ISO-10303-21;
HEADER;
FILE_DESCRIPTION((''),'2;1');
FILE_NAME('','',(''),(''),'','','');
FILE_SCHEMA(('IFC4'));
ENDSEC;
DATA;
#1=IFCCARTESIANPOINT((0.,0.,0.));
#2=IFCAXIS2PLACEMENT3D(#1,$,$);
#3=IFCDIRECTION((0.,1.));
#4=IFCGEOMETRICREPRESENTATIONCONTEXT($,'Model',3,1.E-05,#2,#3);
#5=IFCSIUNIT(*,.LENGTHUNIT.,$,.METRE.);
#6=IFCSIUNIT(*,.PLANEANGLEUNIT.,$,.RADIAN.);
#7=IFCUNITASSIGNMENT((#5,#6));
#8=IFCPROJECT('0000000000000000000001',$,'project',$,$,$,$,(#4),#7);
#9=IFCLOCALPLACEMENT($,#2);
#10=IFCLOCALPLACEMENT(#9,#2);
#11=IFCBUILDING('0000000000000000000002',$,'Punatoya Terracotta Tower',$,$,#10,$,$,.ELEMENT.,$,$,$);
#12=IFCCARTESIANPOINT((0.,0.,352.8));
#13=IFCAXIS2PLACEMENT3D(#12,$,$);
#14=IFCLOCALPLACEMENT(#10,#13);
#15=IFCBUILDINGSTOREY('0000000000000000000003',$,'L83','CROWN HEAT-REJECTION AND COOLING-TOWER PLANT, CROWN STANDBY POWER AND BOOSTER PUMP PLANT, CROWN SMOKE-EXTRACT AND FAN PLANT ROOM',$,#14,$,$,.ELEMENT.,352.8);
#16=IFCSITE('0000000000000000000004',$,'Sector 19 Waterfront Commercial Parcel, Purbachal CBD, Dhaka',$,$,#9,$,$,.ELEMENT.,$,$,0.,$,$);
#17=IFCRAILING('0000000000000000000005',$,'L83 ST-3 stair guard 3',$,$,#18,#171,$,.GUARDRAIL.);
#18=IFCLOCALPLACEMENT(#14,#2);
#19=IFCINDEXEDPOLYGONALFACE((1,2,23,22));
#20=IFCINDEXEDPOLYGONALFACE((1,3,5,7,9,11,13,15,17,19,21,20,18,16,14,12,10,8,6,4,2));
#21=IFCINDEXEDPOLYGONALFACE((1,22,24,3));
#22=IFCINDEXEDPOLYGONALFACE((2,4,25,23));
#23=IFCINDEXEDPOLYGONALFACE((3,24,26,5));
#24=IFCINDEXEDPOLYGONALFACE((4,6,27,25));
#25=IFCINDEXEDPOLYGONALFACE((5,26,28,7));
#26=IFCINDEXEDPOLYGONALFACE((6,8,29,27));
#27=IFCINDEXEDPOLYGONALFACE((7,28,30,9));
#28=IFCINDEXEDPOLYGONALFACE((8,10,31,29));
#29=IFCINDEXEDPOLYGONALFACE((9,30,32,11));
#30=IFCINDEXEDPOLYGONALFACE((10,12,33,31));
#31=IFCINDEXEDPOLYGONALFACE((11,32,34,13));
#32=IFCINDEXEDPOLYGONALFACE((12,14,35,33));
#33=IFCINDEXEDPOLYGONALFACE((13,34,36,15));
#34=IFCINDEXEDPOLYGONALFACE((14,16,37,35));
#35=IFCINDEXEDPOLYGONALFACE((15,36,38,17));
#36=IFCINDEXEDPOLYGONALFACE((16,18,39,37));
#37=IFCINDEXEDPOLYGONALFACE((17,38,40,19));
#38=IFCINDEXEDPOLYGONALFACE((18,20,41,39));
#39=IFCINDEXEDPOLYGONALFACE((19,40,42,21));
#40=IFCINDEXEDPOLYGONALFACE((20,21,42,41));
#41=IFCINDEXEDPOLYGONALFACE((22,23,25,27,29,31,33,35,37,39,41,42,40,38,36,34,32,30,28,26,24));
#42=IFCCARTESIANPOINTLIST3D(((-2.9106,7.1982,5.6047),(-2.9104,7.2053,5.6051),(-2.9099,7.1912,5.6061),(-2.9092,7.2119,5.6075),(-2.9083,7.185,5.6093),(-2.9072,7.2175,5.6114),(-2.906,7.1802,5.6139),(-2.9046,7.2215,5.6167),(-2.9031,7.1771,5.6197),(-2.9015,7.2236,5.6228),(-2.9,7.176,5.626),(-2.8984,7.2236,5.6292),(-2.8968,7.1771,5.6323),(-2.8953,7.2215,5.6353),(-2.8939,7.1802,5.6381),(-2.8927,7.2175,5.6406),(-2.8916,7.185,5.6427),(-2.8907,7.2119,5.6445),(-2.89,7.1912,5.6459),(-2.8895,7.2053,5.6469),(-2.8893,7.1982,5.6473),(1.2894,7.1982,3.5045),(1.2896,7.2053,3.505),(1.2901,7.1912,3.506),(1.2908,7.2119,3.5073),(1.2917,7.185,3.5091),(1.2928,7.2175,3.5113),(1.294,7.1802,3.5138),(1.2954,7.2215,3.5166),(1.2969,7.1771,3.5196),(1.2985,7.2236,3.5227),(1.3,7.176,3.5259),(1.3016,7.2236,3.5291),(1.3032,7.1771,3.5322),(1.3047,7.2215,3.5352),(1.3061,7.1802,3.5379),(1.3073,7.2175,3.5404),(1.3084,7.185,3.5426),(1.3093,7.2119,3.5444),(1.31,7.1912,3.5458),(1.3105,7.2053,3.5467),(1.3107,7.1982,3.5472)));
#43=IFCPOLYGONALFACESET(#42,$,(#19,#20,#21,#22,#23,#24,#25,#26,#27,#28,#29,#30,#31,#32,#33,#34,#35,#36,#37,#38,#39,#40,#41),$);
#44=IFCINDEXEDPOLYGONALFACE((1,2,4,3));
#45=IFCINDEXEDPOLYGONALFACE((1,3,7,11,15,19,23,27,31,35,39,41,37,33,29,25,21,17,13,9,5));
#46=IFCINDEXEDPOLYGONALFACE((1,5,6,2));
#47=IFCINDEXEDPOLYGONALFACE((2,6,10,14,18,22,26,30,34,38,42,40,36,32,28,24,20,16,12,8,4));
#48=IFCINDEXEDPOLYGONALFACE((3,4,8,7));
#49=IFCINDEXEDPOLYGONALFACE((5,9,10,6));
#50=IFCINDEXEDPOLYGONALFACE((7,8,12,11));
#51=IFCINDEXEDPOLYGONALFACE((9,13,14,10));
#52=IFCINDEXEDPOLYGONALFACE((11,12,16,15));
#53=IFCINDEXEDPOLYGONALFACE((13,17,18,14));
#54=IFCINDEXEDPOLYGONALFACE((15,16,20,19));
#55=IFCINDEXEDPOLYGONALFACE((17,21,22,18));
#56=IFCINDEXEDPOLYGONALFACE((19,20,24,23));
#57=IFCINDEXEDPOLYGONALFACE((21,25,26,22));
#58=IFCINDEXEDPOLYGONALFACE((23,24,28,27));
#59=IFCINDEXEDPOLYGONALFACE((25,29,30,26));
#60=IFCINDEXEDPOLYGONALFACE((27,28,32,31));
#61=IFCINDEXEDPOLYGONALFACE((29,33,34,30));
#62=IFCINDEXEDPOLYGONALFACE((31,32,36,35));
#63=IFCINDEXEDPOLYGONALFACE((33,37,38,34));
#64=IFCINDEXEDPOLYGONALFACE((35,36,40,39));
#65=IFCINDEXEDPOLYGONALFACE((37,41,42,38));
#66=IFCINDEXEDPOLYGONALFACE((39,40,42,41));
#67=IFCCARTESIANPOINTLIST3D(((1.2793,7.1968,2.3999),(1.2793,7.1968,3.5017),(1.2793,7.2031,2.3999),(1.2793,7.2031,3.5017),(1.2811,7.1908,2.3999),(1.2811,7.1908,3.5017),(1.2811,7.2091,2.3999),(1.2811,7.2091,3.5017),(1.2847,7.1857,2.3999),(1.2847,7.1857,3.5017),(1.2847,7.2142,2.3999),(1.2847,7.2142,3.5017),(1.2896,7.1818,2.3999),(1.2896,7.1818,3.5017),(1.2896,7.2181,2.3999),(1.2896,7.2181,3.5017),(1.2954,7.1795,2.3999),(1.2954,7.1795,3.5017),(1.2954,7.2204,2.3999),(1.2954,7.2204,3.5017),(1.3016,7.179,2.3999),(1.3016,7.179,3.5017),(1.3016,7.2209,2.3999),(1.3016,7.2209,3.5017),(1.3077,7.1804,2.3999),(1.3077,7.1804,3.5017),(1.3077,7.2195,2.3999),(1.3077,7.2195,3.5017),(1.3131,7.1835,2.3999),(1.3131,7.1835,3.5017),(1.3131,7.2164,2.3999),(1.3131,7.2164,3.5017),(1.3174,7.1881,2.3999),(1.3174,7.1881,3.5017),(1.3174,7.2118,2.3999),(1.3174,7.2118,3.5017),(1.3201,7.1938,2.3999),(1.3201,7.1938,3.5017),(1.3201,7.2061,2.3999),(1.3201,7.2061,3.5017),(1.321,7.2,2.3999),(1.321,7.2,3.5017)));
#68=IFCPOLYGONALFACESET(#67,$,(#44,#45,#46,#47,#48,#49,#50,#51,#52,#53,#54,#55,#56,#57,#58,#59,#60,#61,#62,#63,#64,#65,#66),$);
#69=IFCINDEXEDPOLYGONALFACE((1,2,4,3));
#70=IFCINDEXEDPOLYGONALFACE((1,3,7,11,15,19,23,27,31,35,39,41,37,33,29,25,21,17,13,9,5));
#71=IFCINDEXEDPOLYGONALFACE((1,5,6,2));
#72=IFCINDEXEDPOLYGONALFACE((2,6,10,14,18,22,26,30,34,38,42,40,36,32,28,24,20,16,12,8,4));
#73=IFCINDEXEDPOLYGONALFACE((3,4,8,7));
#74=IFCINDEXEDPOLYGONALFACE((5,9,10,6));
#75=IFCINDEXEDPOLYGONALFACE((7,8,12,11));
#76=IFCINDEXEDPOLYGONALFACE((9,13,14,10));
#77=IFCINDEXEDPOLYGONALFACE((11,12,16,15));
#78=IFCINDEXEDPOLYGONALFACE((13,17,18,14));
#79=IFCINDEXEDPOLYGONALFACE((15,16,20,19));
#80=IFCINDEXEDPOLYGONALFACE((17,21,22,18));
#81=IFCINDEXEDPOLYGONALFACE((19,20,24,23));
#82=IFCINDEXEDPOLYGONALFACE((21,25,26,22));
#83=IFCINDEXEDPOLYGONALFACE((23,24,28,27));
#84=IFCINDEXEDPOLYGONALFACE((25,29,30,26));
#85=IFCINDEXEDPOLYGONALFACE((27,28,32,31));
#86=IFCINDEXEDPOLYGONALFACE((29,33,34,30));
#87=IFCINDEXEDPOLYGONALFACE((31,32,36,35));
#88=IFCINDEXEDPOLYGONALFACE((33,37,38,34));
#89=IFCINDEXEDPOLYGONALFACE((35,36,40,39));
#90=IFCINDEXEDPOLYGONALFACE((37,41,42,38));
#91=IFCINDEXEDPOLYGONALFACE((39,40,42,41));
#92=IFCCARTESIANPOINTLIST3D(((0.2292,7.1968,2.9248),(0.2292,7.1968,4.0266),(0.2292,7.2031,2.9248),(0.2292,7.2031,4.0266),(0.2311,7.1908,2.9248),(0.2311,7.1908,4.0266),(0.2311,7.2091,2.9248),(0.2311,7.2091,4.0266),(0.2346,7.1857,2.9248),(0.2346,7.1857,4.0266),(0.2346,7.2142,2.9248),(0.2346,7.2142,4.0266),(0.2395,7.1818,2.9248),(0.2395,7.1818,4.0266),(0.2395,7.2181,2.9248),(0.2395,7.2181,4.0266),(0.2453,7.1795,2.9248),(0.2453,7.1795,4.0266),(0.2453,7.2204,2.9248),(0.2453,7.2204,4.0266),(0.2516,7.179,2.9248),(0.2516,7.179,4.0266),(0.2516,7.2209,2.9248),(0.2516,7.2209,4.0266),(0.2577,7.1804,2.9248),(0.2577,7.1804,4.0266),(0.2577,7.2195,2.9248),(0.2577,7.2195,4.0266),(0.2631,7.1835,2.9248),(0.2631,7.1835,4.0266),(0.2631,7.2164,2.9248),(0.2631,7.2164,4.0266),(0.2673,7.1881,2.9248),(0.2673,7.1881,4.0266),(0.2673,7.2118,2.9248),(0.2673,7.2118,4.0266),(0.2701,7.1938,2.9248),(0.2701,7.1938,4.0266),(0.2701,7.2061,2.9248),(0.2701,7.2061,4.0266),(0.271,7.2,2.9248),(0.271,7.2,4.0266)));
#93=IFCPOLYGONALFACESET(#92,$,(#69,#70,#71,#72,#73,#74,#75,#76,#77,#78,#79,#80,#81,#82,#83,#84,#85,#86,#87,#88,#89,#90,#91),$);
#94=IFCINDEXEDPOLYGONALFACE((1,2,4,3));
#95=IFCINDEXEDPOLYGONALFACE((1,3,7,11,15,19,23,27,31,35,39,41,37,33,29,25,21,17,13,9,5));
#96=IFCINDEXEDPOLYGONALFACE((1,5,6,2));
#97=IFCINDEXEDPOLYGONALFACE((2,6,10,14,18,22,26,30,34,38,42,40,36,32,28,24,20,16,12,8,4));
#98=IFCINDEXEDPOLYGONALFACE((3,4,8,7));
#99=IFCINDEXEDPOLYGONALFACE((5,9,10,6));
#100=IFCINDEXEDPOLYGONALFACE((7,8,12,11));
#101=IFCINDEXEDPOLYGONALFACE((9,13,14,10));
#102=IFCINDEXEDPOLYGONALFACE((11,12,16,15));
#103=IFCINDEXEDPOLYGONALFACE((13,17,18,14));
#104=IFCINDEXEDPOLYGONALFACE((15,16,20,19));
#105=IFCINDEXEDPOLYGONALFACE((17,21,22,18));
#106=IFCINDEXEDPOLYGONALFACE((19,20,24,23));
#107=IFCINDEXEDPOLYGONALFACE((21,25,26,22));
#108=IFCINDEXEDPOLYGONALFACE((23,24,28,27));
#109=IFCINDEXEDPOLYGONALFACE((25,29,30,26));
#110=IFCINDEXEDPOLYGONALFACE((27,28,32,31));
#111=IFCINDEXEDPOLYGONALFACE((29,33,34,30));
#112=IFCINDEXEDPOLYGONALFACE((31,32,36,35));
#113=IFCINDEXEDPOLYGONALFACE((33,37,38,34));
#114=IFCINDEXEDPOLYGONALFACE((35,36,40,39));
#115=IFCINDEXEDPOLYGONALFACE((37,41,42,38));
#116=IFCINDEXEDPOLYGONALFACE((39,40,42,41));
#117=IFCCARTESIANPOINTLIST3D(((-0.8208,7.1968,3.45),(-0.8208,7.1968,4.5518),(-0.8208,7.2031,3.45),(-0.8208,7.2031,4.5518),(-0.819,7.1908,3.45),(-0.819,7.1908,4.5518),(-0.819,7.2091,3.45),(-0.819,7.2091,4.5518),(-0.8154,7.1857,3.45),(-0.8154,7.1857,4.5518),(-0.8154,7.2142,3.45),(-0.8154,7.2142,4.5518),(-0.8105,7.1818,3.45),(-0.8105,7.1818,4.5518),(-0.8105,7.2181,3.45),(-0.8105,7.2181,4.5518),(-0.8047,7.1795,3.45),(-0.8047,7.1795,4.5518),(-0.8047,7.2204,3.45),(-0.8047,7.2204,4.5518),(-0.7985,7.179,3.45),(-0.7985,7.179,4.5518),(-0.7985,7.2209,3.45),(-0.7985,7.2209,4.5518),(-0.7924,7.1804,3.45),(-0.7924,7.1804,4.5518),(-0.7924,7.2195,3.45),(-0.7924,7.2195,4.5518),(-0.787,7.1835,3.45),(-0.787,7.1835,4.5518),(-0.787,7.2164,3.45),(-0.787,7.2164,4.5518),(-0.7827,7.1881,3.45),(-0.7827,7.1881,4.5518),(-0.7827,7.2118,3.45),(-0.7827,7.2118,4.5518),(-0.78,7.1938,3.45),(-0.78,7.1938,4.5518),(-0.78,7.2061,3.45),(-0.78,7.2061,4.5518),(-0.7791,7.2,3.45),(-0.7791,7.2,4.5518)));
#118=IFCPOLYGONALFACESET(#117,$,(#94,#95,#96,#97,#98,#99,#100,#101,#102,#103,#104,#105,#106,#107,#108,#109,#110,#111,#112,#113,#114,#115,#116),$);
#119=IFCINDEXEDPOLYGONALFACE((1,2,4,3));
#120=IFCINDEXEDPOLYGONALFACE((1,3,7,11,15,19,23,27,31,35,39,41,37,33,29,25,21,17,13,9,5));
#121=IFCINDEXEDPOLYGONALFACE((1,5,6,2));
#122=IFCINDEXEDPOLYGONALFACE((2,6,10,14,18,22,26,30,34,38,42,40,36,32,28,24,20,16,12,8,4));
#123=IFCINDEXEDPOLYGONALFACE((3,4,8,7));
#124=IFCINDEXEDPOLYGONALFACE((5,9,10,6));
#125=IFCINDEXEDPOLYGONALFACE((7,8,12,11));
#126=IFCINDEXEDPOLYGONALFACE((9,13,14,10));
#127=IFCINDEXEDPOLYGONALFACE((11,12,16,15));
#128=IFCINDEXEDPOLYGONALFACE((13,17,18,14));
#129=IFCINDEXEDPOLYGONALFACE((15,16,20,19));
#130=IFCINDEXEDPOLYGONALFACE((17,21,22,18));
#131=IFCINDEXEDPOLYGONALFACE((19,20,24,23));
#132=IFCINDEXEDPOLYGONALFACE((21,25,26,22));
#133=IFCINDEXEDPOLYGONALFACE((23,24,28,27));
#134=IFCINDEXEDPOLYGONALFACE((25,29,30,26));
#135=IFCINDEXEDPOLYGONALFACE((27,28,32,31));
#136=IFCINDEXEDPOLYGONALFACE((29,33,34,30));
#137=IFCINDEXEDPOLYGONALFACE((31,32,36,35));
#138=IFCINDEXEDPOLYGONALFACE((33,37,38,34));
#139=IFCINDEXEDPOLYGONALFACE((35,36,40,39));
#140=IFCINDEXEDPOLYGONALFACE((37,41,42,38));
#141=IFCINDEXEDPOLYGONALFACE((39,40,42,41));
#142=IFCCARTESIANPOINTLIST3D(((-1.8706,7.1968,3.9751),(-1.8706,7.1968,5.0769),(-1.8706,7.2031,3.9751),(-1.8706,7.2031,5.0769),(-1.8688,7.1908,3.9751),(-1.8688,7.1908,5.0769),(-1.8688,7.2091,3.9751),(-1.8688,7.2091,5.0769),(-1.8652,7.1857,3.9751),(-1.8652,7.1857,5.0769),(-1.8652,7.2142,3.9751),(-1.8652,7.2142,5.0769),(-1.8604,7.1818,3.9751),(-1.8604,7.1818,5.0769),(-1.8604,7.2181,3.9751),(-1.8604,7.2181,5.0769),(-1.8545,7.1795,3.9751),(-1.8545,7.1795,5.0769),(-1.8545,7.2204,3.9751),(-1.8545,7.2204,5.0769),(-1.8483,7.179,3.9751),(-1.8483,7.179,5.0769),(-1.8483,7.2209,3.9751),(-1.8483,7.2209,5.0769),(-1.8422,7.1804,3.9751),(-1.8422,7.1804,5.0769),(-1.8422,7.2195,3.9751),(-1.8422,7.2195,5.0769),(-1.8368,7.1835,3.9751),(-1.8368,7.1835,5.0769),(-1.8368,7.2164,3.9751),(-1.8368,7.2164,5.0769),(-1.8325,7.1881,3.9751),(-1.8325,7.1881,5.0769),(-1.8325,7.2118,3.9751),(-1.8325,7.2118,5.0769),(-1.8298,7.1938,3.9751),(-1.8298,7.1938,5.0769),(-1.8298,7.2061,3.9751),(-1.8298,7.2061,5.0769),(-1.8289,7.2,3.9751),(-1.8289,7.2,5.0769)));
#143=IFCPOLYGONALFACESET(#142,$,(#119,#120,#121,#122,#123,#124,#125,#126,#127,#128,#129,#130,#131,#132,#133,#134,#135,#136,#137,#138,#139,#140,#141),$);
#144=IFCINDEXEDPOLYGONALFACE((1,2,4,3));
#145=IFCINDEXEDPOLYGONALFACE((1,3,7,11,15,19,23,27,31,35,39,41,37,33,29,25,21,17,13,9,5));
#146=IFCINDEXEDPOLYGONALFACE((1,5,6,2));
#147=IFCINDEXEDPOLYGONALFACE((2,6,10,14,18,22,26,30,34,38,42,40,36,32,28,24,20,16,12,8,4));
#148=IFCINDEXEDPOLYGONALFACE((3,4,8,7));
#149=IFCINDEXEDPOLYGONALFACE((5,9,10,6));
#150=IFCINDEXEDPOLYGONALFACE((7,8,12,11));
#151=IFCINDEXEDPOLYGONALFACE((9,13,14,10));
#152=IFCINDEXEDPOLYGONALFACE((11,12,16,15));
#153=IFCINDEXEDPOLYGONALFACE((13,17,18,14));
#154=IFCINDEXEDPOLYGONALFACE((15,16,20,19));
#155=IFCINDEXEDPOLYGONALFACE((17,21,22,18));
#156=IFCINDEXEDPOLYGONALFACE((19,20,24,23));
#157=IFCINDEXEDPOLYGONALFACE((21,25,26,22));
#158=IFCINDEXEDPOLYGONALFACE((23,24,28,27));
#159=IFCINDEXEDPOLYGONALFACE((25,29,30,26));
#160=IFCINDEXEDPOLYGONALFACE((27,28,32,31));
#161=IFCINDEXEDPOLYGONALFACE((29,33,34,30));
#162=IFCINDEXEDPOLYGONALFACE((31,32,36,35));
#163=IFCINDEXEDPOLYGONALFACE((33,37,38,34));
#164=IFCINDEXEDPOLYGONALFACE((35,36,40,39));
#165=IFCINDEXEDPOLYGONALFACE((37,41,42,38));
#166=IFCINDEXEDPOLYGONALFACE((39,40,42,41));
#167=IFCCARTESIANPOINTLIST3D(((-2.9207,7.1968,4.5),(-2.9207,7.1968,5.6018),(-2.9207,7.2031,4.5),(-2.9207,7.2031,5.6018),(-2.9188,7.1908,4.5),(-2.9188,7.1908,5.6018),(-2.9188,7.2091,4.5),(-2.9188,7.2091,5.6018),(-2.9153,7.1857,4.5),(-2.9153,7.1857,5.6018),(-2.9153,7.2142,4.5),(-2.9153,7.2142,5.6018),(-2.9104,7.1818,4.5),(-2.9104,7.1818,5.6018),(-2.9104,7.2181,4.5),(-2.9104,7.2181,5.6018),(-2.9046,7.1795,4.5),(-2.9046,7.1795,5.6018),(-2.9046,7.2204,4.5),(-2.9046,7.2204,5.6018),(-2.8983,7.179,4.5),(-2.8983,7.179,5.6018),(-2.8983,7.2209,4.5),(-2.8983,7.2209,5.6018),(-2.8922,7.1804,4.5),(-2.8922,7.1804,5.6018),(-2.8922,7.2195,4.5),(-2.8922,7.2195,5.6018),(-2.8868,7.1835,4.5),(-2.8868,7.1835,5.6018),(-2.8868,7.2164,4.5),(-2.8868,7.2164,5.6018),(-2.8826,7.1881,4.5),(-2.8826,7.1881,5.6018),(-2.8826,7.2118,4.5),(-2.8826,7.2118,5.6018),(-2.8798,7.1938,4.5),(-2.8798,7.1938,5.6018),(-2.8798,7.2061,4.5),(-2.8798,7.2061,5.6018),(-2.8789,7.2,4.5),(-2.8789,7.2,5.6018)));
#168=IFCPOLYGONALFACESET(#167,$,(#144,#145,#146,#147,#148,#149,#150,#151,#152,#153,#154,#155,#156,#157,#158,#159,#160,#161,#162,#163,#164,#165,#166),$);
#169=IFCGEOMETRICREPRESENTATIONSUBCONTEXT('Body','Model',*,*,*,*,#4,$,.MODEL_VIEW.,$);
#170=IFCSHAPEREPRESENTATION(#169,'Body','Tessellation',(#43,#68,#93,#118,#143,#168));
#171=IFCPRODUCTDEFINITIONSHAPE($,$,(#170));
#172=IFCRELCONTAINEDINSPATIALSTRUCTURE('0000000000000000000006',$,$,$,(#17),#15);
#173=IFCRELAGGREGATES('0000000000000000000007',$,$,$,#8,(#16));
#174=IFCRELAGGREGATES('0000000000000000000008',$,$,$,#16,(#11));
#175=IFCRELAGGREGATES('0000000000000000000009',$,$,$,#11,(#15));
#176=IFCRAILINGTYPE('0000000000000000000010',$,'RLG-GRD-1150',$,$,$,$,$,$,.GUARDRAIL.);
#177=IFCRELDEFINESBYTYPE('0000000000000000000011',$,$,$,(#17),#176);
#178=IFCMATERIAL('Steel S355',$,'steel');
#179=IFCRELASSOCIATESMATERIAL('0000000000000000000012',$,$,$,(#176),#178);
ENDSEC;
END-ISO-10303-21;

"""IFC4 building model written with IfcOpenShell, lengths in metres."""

from ifc_helpers import new_model, si_unit, direction, frame, origin, origin_2d, place, context, subcontext, project, spatial, circle, extrude, material, type_object, element, save


model = new_model("IFC4")

# Units and contexts
model_context = context("Model", 3, precision=1e-05, world=origin(), true_north=direction((0.0, 1.0)))
body_context = subcontext(model_context, "Body", "Model", "MODEL_VIEW")
ifc_project = project(units=[si_unit("LENGTHUNIT", "METRE"), si_unit("PLANEANGLEUNIT", "RADIAN")], contexts=[model_context])

# Site, building, storey
site_placement = place(None, origin())
site = spatial("IfcSite", under=ifc_project, at=site_placement, Name="Sector 19 Waterfront Commercial Parcel, Purbachal CBD, Dhaka", CompositionType="ELEMENT", RefElevation=0.0)
building_placement = place(site_placement, origin())
building = spatial("IfcBuilding", under=site, at=building_placement, Name="Punatoya Terracotta Tower", CompositionType="ELEMENT")
storey_placement = place(building_placement, frame((0.0, 0.0, 352.8)))
storey = spatial("IfcBuildingStorey", under=building, at=storey_placement, Name="L83", Description="CROWN HEAT-REJECTION AND COOLING-TOWER PLANT, CROWN STANDBY POWER AND BOOSTER PUMP PLANT, CROWN SMOKE-EXTRACT AND FAN PLANT ROOM", CompositionType="ELEMENT", Elevation=352.8)

# Shared definitions
ifc_material_1 = material(Name="Steel S355", Category="steel")

# Railing
railing_type_1 = type_object("IfcRailingType", Name="RLG-GRD-1150", PredefinedType="GUARDRAIL", material=ifc_material_1)
railing_1_placement = place(storey_placement, frame((1.3, 7.2, 2.3999)))
element("IfcRailing", 1, at=railing_1_placement, inside=storey, type_object=railing_type_1, Name="L83 ST-3 stair guard 3", PredefinedType="GUARDRAIL", context=body_context, shape_type="SweptSolid", body=[
    extrude(circle(Radius=0.0239, at=origin_2d()), frame((0.0, 0.0, 1.126), z_axis=(-0.894417, 0.0, 0.447234), x_axis=(0.0, -1.0, 0.0)), (0.0, 0.0, 1.0), 4.6958),
    extrude(circle(Radius=0.021, at=origin_2d()), origin(), (0.0, 0.0, 1.0), 1.1018),
    extrude(circle(Radius=0.021, at=origin_2d()), frame((-1.05, 0.0, 0.5249)), (0.0, 0.0, 1.0), 1.1018),
    extrude(circle(Radius=0.021, at=origin_2d()), frame((-2.1001, 0.0, 1.05)), (0.0, 0.0, 1.0), 1.1018),
    extrude(circle(Radius=0.021, at=origin_2d()), frame((-3.1499, 0.0, 1.5752)), (0.0, 0.0, 1.0), 1.1018),
    extrude(circle(Radius=0.021, at=origin_2d()), frame((-4.2, 0.0, 2.1001)), (0.0, 0.0, 1.0), 1.1018),
])

save(model, "model.ifc")
